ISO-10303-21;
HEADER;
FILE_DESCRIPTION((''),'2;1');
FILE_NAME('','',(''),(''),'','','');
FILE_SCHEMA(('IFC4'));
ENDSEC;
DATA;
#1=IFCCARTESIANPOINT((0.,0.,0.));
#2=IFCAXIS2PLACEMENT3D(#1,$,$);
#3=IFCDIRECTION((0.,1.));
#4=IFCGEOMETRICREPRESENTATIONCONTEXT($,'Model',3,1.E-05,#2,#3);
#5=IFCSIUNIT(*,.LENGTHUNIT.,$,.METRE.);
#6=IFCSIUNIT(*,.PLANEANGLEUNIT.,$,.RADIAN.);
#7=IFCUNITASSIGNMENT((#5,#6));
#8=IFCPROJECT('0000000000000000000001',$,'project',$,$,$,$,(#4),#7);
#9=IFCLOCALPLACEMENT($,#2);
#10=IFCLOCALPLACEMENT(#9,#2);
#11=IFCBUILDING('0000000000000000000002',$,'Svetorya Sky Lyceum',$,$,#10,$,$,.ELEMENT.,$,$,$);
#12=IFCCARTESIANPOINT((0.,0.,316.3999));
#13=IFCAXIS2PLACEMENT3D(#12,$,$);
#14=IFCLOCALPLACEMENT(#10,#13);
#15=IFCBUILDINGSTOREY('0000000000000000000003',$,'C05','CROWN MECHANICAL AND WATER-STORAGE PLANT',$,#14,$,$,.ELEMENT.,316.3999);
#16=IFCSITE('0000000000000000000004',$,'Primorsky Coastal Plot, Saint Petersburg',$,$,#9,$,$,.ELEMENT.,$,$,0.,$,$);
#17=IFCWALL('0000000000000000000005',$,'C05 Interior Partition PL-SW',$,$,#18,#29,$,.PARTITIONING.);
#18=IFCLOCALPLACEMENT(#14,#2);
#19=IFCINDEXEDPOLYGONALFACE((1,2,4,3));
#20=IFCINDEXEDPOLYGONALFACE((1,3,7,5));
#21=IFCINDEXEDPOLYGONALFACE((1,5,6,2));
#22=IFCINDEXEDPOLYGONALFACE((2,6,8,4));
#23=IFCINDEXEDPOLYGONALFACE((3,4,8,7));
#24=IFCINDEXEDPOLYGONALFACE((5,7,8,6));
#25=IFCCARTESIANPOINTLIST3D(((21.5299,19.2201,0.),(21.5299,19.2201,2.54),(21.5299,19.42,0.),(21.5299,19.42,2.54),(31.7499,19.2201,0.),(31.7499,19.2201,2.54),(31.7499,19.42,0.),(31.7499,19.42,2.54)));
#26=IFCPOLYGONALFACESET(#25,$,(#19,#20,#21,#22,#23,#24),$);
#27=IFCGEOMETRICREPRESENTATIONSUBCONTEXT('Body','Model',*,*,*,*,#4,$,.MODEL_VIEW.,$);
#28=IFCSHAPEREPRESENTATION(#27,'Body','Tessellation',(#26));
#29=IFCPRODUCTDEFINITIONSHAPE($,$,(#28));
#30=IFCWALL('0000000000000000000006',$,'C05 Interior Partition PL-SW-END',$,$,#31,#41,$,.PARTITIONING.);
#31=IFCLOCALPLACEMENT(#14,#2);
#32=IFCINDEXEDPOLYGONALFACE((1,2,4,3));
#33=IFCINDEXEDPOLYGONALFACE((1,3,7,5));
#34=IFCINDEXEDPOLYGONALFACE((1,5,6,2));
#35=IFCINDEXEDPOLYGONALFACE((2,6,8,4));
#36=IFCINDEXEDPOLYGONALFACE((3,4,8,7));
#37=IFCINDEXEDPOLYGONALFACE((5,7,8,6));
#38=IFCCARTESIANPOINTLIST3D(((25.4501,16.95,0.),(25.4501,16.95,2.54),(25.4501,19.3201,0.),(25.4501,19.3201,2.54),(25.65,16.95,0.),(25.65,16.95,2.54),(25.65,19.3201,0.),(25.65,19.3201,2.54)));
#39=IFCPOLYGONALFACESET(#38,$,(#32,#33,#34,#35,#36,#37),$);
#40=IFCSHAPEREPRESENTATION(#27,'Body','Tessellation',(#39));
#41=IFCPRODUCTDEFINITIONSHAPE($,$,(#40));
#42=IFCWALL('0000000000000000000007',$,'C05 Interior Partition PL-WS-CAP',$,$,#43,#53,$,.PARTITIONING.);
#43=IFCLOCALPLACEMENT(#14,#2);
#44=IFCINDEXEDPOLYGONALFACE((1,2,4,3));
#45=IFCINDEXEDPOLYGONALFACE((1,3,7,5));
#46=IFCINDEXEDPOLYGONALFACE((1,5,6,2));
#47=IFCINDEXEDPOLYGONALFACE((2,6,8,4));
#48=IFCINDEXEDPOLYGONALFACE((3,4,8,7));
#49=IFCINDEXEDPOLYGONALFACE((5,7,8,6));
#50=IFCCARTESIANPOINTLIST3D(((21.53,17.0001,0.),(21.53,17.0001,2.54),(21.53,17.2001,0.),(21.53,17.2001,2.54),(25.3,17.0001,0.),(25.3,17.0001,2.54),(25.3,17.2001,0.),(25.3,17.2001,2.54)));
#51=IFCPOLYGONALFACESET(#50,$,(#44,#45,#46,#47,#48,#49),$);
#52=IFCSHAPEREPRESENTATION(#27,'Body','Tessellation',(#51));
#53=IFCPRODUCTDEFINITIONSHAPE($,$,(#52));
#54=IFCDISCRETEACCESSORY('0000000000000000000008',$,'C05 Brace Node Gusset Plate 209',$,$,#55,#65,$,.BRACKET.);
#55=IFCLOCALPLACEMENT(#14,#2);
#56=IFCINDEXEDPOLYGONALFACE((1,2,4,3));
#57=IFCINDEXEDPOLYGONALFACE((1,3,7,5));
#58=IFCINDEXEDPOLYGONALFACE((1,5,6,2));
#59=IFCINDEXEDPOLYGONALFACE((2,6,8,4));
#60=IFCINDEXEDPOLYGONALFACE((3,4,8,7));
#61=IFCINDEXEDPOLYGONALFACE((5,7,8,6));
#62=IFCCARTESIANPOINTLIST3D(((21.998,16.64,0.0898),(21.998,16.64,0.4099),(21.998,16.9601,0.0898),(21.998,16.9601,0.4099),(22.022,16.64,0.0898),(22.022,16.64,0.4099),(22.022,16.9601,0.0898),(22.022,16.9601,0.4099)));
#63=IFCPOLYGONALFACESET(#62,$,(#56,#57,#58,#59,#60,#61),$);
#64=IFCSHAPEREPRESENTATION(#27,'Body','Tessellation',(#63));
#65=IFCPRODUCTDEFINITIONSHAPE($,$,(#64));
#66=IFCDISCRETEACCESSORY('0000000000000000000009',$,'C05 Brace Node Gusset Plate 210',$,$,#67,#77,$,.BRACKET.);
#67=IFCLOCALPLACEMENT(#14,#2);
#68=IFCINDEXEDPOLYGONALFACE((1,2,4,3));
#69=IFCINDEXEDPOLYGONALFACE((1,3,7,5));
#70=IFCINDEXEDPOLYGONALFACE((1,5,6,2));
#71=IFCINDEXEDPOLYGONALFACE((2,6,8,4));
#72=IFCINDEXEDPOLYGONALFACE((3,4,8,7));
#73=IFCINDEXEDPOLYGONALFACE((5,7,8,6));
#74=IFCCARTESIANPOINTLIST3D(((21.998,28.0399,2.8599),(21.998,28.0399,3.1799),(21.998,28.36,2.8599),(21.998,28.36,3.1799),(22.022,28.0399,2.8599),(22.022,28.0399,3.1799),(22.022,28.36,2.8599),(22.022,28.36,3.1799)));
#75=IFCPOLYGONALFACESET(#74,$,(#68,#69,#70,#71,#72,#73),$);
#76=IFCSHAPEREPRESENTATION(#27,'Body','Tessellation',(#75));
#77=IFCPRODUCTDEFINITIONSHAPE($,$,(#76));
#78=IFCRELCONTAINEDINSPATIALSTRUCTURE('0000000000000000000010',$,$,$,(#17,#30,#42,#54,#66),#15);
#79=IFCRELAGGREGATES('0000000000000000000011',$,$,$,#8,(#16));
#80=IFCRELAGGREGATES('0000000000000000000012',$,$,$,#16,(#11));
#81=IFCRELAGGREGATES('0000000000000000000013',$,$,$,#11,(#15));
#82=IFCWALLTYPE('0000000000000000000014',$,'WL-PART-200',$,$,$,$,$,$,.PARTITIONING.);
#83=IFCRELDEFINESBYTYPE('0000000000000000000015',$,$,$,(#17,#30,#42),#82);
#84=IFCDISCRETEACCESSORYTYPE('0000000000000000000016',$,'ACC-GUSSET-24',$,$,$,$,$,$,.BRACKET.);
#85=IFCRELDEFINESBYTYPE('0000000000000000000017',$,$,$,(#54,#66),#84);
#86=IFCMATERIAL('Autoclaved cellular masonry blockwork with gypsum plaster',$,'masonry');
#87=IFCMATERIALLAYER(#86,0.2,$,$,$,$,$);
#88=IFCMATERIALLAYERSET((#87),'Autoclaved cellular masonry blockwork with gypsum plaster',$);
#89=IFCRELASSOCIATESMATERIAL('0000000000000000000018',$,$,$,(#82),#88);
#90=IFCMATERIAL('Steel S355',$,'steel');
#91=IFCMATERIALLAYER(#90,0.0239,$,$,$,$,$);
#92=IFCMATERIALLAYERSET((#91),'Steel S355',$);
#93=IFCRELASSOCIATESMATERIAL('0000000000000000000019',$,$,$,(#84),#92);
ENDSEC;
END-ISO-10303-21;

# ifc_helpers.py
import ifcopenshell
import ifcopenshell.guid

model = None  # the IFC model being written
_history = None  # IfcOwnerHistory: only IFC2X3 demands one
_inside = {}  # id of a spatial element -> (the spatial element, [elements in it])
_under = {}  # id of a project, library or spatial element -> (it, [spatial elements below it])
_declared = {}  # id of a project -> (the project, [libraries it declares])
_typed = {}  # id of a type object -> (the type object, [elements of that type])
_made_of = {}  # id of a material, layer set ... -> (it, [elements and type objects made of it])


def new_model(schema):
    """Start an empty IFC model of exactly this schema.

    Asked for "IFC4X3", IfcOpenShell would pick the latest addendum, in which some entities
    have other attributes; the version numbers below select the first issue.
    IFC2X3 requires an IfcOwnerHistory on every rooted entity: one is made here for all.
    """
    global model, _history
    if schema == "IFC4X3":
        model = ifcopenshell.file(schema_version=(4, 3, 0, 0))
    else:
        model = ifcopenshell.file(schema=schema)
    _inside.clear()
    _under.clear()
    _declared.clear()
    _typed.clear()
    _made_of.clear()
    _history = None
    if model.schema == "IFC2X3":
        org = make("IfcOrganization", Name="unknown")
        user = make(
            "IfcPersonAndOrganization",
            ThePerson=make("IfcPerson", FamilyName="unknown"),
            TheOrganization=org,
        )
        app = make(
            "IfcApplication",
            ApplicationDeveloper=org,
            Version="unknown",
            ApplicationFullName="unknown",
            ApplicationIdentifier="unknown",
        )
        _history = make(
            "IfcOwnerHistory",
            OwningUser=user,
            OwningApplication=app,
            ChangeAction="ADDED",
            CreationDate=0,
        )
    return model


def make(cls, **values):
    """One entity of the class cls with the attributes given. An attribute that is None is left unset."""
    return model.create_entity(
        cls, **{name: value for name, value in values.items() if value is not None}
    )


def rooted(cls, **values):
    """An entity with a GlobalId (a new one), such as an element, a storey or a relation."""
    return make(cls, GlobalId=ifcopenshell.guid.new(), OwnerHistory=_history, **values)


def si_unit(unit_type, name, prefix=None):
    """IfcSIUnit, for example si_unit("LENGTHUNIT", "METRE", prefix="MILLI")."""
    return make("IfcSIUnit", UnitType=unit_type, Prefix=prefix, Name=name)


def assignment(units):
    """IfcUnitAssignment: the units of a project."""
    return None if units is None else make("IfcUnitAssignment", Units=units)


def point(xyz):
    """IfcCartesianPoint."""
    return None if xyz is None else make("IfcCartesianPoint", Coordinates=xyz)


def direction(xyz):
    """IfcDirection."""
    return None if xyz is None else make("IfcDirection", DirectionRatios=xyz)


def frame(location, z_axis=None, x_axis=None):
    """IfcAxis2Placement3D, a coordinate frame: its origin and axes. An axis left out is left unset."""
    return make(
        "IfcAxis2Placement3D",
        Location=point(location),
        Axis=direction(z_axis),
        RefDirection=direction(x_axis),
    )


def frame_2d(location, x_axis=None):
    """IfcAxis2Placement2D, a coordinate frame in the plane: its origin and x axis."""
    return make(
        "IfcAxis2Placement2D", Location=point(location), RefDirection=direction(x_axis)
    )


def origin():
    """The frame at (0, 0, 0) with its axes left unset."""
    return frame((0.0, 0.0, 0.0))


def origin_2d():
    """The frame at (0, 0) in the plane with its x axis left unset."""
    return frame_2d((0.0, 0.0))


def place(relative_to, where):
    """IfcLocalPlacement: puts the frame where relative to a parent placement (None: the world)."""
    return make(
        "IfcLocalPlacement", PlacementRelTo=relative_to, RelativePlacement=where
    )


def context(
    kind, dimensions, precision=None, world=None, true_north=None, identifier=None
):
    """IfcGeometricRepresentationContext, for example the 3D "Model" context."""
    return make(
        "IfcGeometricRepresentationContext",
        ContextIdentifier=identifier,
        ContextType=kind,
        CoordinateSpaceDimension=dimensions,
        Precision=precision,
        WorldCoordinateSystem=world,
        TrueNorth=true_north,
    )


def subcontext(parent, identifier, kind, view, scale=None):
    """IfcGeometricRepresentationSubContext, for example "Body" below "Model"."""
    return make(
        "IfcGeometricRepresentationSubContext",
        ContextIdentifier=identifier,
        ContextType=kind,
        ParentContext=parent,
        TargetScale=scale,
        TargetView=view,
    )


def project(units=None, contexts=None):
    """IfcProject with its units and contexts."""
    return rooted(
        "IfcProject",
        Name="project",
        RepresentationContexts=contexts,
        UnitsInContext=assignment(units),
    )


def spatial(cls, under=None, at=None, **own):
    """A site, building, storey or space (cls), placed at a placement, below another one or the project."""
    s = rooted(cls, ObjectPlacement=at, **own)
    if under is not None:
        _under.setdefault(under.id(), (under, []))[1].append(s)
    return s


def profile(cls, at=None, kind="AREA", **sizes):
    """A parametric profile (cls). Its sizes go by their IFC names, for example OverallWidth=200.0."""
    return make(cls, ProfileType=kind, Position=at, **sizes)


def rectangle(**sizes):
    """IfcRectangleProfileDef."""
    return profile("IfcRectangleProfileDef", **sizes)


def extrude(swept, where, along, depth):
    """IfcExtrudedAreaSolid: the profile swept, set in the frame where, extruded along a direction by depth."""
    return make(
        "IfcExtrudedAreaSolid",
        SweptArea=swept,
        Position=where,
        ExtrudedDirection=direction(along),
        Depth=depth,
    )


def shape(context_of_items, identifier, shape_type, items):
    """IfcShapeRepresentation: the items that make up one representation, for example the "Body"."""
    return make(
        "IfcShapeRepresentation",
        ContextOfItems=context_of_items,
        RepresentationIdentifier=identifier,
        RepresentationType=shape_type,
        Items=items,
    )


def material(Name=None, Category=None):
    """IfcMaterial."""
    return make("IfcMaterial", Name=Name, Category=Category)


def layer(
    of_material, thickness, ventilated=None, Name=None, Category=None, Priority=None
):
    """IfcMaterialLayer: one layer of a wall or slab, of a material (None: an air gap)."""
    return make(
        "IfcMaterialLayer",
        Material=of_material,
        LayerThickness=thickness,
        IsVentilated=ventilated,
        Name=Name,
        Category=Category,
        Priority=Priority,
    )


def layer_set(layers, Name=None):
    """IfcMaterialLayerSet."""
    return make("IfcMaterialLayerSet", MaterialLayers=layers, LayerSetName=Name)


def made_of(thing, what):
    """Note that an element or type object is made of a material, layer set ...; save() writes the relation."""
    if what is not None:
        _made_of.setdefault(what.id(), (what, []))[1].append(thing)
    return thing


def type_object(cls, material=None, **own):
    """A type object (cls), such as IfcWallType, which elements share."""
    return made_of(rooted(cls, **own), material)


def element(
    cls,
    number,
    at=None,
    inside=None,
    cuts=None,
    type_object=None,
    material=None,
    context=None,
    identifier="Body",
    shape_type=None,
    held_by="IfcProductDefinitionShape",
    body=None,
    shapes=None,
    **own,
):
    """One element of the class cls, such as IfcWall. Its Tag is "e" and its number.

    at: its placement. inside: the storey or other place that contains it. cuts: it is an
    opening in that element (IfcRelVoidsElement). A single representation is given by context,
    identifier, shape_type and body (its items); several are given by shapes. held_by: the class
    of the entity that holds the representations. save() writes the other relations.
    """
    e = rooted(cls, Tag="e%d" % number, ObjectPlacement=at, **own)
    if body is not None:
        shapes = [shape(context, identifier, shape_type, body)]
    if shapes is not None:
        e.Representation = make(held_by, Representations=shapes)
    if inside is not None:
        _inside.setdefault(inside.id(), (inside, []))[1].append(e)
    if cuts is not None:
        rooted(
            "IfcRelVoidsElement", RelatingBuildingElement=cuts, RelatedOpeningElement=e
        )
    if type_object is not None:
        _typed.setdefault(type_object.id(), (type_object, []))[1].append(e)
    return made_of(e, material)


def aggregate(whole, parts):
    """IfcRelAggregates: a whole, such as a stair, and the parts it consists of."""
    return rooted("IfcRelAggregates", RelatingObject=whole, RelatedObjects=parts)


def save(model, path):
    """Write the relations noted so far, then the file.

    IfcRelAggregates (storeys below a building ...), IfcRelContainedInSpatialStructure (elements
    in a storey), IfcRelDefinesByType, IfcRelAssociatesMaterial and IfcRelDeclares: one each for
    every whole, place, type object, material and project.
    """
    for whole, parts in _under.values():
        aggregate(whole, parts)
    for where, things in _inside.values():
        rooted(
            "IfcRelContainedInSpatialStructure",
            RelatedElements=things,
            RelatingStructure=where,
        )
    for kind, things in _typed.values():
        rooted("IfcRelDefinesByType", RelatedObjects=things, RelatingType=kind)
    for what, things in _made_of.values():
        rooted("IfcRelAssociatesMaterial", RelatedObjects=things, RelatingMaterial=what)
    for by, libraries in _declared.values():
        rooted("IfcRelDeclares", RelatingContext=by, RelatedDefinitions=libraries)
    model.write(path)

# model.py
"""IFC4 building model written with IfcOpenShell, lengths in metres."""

from ifc_helpers import new_model, si_unit, direction, frame, frame_2d, origin, origin_2d, place, context, subcontext, project, spatial, rectangle, extrude, material, layer, layer_set, type_object, element, save


model = new_model("IFC4")

# Units and contexts
model_context = context("Model", 3, precision=1e-05, world=origin(), true_north=direction((0.0, 1.0)))
body_context = subcontext(model_context, "Body", "Model", "MODEL_VIEW")
ifc_project = project(units=[si_unit("LENGTHUNIT", "METRE"), si_unit("PLANEANGLEUNIT", "RADIAN")], contexts=[model_context])

# Site, building, storey
site_placement = place(None, origin())
site = spatial("IfcSite", under=ifc_project, at=site_placement, Name="Primorsky Coastal Plot, Saint Petersburg", CompositionType="ELEMENT", RefElevation=0.0)
building_placement = place(site_placement, origin())
building = spatial("IfcBuilding", under=site, at=building_placement, Name="Svetorya Sky Lyceum", CompositionType="ELEMENT")
storey_placement = place(building_placement, frame((0.0, 0.0, 316.3999)))
storey = spatial("IfcBuildingStorey", under=building, at=storey_placement, Name="C05", Description="CROWN MECHANICAL AND WATER-STORAGE PLANT", CompositionType="ELEMENT", Elevation=316.3999)

# Shared definitions
ifc_material_1 = material(Name="Steel S355", Category="steel")

# Walls
ifc_material_2 = material(Name="Autoclaved cellular masonry blockwork with gypsum plaster", Category="masonry")
ifc_layer_1 = layer(ifc_material_2, 0.2)
ifc_layer_set_1 = layer_set([ifc_layer_1], Name="Autoclaved cellular masonry blockwork with gypsum plaster")
wall_type_1 = type_object("IfcWallType", Name="WL-PART-200", PredefinedType="PARTITIONING", material=ifc_layer_set_1)
wall_1_placement = place(storey_placement, frame((21.53, 19.3201, 0.0), z_axis=(0.0, 0.0, 1.0), x_axis=(1.0, 0.0, 0.0)))
element("IfcWall", 1, at=wall_1_placement, inside=storey, type_object=wall_type_1, Name="C05 Interior Partition PL-SW", PredefinedType="PARTITIONING", context=body_context, shape_type="SweptSolid", body=[
    extrude(rectangle(XDim=10.22, YDim=0.2, at=frame_2d((5.1099, 0.0))), origin(), (0.0, 0.0, 1.0), 2.54),
])
wall_2_placement = place(storey_placement, frame((25.55, 16.95, 0.0), z_axis=(0.0, 0.0, 1.0), x_axis=(0.0, 1.0, 0.0)))
element("IfcWall", 2, at=wall_2_placement, inside=storey, type_object=wall_type_1, Name="C05 Interior Partition PL-SW-END", PredefinedType="PARTITIONING", context=body_context, shape_type="SweptSolid", body=[
    extrude(rectangle(XDim=2.3701, YDim=0.2, at=frame_2d((1.1851, 0.0))), origin(), (0.0, 0.0, 1.0), 2.54),
])
wall_3_placement = place(storey_placement, frame((21.53, 17.1001, 0.0), z_axis=(0.0, 0.0, 1.0), x_axis=(1.0, 0.0, 0.0)))
element("IfcWall", 3, at=wall_3_placement, inside=storey, type_object=wall_type_1, Name="C05 Interior Partition PL-WS-CAP", PredefinedType="PARTITIONING", context=body_context, shape_type="SweptSolid", body=[
    extrude(rectangle(XDim=3.77, YDim=0.2, at=frame_2d((1.885, 0.0))), origin(), (0.0, 0.0, 1.0), 2.54),
])

# Discrete accessories
ifc_layer_2 = layer(ifc_material_1, 0.0239)
ifc_layer_set_2 = layer_set([ifc_layer_2], Name="Steel S355")
discrete_accessory_type = type_object("IfcDiscreteAccessoryType", Name="ACC-GUSSET-24", PredefinedType="BRACKET", material=ifc_layer_set_2)
for number, where, z_axis, x_axis, name in (
    (4, (22.01, 16.8, 0.0898), (0.0, 0.0, 1.0), (1.0, 0.0, 0.0), "C05 Brace Node Gusset Plate 209"),
    (5, (22.01, 28.2, 2.8599), (0.0, 0.0, 1.0), (1.0, 0.0, 0.0), "C05 Brace Node Gusset Plate 210"),
):
    element("IfcDiscreteAccessory", number, at=place(storey_placement, frame(where, z_axis=z_axis, x_axis=x_axis)), inside=storey, type_object=discrete_accessory_type, Name=name, PredefinedType="BRACKET", context=body_context, shape_type="SweptSolid", body=[
        extrude(rectangle(XDim=0.0239, YDim=0.3201, at=origin_2d()), origin(), (0.0, 0.0, 1.0), 0.3201),
    ])

save(model, "model.ifc")
